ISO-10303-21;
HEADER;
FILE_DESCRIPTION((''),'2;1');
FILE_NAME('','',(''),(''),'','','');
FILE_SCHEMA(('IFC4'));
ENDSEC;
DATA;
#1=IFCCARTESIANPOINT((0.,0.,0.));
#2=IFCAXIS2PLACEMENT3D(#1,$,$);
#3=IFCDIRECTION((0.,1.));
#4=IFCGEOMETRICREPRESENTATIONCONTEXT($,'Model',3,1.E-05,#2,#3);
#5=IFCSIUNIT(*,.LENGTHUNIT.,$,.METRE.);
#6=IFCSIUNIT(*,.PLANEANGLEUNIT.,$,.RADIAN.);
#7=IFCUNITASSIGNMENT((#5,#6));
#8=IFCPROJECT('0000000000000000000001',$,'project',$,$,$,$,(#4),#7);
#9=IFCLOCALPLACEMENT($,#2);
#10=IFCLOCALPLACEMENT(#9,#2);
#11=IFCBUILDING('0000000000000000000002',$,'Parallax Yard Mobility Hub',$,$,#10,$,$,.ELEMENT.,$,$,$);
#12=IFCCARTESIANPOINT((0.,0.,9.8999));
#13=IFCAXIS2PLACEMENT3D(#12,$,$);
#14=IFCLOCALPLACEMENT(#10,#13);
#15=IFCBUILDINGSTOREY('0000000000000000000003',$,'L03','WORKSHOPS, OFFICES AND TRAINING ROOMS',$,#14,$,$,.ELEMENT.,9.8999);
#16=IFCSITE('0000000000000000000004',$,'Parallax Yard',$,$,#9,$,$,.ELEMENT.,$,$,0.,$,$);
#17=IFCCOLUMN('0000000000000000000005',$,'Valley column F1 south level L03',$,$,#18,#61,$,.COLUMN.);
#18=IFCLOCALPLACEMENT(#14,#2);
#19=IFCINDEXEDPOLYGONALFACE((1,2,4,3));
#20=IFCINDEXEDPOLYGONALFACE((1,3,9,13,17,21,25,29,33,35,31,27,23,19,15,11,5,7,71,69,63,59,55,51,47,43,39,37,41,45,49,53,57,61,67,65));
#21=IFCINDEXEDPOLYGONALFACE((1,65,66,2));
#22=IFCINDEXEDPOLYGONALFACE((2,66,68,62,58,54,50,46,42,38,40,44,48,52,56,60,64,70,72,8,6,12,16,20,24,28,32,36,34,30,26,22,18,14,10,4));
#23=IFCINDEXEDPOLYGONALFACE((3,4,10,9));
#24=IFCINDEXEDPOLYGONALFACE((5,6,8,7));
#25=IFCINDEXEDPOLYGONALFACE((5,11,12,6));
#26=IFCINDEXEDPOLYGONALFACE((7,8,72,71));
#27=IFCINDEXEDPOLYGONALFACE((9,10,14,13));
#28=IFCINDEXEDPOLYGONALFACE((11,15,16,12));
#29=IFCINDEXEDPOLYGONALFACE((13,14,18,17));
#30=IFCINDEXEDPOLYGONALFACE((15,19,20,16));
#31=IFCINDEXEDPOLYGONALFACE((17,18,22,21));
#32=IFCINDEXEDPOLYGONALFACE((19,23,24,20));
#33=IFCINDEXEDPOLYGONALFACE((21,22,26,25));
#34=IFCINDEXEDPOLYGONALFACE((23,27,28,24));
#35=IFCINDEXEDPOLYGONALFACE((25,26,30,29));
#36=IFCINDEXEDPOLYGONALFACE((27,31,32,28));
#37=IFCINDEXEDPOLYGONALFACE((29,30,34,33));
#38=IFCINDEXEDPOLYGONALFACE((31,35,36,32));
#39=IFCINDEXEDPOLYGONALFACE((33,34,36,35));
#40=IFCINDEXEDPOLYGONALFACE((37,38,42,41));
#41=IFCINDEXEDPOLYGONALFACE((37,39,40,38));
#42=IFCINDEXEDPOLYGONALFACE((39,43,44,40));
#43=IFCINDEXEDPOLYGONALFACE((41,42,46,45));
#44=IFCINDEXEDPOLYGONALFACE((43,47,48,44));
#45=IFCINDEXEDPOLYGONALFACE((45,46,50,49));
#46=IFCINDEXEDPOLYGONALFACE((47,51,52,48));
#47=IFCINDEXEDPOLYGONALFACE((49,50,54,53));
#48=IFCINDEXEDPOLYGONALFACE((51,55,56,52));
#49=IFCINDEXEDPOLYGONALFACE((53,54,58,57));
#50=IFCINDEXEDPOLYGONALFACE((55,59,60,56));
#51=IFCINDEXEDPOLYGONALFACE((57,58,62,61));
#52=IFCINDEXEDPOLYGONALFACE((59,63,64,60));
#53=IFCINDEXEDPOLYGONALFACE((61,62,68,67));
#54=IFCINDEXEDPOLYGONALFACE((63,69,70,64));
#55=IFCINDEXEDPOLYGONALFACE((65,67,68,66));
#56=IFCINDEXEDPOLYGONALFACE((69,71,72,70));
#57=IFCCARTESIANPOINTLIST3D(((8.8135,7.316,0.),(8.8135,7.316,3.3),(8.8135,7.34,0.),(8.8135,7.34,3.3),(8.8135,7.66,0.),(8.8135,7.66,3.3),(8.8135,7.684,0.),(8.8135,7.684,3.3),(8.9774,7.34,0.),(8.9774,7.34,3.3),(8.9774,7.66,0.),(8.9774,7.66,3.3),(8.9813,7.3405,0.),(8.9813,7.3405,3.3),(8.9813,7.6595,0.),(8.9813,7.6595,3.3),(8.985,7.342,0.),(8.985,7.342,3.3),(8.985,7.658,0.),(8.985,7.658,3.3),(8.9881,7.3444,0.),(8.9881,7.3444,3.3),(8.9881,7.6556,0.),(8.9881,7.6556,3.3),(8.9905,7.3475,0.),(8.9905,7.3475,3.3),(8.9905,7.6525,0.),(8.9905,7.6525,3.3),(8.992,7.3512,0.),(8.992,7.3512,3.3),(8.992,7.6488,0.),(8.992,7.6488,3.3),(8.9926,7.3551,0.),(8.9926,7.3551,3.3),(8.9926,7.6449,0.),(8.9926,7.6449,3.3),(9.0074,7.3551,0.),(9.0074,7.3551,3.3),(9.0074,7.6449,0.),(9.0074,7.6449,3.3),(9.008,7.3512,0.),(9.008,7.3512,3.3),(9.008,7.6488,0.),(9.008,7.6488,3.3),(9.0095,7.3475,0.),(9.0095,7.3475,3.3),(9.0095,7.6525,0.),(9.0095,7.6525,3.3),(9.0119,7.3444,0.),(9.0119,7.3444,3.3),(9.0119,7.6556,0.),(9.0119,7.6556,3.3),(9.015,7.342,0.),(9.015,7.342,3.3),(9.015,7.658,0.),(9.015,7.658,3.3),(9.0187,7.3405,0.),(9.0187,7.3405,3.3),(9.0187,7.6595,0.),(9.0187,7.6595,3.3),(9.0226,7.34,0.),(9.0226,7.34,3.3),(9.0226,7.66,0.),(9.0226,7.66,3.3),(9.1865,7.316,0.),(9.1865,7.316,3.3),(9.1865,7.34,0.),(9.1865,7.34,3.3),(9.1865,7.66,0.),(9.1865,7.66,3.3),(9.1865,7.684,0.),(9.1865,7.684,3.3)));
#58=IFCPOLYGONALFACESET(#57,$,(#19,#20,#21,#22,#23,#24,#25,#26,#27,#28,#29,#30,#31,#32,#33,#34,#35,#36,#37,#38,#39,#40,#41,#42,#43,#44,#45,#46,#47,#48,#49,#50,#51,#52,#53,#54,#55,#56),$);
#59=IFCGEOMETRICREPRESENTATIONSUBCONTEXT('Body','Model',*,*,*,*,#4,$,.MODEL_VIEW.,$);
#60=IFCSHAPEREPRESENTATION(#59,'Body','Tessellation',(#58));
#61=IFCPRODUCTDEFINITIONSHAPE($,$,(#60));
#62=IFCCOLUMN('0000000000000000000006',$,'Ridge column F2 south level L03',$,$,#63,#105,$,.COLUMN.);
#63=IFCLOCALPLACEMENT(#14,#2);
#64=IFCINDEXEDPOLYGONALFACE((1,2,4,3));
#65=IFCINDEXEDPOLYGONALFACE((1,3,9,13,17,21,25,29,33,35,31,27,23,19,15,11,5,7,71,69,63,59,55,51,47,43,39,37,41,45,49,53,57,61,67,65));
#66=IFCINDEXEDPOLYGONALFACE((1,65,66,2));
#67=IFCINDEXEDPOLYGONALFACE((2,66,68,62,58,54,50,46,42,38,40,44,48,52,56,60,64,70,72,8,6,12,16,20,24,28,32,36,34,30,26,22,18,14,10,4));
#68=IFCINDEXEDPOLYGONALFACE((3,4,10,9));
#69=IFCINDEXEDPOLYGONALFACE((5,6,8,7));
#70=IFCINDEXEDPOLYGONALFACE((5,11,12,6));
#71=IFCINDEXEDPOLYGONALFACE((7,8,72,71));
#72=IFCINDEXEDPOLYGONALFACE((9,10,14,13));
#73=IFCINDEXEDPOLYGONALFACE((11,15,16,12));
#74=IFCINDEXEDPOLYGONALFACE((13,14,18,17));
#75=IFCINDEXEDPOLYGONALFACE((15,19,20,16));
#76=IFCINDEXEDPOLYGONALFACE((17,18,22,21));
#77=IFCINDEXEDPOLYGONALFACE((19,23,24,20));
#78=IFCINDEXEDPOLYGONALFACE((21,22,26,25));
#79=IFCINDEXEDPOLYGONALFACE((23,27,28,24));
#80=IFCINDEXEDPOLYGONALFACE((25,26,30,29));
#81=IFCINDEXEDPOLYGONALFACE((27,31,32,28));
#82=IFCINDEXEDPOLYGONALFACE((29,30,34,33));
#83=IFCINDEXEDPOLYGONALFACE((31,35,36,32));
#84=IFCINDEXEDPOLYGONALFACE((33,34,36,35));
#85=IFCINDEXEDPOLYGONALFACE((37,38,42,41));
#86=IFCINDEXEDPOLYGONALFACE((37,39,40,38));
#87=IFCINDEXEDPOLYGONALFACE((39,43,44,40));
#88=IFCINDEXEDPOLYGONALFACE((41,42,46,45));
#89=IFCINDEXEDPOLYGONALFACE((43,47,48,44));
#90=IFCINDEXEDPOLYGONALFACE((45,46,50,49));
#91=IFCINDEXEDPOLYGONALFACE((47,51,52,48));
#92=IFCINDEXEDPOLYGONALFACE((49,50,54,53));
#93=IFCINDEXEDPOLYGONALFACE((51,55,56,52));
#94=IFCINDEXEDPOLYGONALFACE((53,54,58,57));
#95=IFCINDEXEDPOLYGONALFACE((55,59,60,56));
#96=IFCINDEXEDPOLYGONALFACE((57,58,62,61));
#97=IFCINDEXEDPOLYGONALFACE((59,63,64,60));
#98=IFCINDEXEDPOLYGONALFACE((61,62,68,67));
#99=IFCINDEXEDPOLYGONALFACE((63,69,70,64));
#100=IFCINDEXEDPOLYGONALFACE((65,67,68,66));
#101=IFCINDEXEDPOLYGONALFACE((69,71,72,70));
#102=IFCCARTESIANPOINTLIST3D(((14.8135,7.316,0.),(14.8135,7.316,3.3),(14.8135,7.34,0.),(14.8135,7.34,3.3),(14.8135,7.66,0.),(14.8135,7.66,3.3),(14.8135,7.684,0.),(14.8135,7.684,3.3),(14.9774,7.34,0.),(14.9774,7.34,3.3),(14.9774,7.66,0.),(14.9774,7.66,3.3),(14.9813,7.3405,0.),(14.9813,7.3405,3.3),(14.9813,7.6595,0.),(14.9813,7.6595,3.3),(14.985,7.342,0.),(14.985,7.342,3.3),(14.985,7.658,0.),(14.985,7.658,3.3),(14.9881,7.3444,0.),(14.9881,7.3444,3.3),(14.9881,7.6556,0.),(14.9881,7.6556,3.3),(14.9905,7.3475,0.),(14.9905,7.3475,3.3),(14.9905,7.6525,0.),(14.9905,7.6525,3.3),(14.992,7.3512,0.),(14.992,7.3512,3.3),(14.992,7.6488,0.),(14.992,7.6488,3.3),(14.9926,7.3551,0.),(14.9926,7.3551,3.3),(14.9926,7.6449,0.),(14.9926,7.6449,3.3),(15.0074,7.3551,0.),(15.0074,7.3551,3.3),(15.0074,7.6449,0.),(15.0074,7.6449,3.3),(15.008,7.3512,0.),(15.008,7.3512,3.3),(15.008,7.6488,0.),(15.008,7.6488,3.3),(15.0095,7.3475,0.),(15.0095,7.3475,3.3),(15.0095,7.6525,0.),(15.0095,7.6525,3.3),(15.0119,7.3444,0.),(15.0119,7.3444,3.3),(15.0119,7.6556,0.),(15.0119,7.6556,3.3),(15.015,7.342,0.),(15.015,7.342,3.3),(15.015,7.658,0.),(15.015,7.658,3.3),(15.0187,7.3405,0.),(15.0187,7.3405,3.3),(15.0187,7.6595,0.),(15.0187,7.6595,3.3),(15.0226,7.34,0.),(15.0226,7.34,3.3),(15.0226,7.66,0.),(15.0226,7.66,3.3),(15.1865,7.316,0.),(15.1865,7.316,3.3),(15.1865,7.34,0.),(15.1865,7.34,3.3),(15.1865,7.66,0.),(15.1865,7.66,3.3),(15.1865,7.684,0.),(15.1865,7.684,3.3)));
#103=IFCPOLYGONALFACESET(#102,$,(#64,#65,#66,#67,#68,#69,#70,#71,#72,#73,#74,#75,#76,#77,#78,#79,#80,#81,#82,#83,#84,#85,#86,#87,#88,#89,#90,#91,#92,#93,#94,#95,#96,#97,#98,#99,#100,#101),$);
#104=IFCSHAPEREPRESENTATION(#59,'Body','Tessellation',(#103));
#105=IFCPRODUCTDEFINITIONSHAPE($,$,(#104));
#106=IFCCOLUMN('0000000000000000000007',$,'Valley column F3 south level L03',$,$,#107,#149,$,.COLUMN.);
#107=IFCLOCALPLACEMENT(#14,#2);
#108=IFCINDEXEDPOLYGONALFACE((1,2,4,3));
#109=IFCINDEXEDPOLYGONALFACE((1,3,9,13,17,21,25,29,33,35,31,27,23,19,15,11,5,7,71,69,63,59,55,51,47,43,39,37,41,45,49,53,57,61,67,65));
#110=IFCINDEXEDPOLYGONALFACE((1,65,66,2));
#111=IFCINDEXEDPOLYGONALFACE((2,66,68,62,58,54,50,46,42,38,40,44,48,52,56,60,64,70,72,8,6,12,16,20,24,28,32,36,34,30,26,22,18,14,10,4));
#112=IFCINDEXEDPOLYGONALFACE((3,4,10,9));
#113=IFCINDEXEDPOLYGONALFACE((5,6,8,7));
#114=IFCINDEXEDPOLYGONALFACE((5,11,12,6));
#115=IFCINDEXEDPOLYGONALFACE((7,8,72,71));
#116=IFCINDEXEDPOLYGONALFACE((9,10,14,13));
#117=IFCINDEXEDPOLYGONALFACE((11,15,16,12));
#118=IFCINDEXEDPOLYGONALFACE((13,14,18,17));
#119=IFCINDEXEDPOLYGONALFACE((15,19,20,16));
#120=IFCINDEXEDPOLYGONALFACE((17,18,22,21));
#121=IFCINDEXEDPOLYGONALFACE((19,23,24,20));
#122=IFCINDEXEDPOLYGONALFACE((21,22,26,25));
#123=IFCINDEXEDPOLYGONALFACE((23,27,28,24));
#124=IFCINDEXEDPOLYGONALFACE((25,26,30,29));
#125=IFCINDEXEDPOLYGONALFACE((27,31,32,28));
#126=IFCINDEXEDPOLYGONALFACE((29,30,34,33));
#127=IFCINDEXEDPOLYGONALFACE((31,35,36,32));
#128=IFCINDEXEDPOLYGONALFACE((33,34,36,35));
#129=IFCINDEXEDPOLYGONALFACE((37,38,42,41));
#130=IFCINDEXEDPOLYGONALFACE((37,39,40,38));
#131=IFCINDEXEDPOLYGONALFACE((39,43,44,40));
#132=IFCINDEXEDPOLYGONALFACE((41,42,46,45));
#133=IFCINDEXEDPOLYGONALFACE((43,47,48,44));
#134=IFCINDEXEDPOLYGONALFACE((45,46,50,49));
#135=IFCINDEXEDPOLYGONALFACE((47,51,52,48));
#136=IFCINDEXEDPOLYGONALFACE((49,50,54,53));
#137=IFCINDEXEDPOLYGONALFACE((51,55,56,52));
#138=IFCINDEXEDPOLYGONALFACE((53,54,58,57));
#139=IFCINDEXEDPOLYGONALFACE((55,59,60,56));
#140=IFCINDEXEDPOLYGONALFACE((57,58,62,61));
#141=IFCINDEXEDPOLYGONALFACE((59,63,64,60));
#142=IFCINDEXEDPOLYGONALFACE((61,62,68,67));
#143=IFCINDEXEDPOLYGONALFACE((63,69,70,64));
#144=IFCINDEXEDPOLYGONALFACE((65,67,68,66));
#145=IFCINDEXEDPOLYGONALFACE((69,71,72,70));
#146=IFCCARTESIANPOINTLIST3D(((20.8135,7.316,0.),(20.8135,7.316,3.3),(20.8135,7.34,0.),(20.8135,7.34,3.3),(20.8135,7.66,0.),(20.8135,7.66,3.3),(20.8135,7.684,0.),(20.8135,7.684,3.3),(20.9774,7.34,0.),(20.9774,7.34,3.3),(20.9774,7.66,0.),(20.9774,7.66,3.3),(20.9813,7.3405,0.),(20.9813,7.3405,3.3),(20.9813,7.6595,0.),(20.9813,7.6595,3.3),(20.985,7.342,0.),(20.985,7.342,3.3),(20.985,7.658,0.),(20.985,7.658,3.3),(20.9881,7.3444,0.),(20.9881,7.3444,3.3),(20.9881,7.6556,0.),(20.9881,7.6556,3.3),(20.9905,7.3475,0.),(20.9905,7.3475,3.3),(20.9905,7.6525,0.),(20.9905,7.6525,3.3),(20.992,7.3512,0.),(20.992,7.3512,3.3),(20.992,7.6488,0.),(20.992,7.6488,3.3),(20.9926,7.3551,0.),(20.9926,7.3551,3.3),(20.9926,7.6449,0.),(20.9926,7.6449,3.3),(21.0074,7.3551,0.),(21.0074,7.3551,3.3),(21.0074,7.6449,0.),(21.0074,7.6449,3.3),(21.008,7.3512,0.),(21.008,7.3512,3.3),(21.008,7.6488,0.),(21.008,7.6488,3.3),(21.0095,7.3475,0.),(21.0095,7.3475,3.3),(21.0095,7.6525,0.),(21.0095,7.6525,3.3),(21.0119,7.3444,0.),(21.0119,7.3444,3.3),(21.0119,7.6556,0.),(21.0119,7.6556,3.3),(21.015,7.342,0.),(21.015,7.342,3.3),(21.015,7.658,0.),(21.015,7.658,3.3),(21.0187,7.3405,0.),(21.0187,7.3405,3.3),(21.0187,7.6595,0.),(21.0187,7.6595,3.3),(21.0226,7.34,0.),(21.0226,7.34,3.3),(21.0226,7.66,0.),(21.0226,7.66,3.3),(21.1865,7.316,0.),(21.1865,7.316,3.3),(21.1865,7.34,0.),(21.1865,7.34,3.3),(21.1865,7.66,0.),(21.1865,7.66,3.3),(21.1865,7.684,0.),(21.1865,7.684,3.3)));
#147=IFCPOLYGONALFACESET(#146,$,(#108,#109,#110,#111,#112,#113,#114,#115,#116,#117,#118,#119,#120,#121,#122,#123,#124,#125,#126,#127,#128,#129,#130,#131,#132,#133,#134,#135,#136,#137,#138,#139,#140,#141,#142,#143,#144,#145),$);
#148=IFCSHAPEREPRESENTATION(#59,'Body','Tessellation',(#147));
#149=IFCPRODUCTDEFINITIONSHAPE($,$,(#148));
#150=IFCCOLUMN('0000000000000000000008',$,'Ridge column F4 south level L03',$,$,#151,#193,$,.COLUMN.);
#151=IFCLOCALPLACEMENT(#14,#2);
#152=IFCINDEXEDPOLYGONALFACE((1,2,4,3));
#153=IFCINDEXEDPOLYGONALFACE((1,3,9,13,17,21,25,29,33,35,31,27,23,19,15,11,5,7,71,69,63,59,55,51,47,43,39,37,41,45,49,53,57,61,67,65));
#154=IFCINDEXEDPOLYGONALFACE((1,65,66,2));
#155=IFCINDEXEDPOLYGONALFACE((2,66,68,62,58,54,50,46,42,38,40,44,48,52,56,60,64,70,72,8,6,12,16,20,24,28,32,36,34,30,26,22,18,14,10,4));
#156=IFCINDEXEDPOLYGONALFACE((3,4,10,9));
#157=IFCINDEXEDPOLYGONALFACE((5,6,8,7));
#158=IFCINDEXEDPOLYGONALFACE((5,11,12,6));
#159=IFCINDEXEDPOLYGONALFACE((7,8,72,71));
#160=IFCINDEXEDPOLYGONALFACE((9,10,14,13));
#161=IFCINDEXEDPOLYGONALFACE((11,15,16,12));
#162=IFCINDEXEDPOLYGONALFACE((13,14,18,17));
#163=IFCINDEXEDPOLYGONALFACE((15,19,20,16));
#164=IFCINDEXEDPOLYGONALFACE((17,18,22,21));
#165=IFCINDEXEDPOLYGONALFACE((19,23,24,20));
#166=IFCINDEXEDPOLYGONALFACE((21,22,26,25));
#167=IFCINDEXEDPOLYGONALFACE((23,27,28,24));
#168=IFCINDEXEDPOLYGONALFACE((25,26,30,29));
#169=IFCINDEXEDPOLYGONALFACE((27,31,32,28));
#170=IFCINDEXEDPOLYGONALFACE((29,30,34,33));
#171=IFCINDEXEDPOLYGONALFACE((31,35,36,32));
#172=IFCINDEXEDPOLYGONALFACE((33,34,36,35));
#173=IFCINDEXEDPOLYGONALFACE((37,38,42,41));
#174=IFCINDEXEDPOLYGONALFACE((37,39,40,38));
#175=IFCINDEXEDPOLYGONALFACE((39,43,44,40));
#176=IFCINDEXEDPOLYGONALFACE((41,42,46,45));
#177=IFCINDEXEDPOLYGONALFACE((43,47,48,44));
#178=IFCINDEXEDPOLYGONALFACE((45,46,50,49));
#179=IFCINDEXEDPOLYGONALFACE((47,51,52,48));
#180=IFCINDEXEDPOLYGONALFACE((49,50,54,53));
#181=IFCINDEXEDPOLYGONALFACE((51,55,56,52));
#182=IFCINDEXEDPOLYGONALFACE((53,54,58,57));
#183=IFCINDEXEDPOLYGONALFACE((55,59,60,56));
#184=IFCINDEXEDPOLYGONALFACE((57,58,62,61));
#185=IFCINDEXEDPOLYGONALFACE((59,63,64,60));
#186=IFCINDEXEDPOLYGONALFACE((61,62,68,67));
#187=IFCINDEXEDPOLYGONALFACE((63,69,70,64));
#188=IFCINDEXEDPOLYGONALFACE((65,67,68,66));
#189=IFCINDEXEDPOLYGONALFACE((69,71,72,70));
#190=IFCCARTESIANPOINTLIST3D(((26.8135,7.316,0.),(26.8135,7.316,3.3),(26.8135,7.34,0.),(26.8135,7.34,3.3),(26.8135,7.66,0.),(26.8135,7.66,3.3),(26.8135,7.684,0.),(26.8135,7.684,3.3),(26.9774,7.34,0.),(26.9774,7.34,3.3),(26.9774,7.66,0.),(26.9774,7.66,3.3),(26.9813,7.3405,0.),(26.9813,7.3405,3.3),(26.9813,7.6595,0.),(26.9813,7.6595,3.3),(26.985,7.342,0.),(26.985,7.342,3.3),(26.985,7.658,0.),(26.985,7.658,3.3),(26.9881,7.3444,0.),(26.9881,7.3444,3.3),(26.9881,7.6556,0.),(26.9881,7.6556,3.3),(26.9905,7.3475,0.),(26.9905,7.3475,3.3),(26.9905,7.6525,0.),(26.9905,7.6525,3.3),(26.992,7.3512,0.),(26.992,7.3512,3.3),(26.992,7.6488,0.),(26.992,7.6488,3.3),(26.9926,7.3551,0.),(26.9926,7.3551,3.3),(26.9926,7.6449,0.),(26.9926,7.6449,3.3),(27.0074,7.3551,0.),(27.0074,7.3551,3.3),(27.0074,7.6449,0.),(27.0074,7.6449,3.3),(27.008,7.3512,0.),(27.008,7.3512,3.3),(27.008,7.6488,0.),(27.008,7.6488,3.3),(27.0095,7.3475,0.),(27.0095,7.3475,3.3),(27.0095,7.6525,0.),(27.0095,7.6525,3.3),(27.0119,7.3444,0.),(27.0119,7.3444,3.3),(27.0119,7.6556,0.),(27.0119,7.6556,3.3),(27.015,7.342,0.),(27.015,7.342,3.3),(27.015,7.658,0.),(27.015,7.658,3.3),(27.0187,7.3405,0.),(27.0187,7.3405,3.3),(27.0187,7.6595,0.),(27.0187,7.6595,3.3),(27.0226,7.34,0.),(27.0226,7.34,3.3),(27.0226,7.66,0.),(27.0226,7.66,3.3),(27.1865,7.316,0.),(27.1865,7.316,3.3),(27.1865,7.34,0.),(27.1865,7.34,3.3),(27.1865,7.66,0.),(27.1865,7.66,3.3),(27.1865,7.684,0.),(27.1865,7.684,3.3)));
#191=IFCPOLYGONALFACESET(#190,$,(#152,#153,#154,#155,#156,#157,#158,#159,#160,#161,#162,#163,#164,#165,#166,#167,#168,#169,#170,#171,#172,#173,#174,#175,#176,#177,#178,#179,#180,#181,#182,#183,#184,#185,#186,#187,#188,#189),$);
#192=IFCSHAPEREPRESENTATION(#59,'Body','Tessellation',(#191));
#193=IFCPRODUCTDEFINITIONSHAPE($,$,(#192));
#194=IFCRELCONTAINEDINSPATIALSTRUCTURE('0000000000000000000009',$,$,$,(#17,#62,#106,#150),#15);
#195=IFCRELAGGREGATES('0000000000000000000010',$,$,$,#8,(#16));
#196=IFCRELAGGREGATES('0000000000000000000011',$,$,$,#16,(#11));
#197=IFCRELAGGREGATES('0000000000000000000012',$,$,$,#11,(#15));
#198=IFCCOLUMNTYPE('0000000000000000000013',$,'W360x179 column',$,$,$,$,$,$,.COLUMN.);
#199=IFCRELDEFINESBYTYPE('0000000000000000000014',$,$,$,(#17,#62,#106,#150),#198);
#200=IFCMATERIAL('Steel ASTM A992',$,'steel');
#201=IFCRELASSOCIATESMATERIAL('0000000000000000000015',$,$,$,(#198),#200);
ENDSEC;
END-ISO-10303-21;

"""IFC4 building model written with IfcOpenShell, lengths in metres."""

from ifc_helpers import new_model, si_unit, direction, frame, origin, origin_2d, place, context, subcontext, project, spatial, i_section, extrude, material, material_profile, profile_set, type_object, element, save


model = new_model("IFC4")

# Units and contexts
model_context = context("Model", 3, precision=1e-05, world=origin(), true_north=direction((0.0, 1.0)))
body_context = subcontext(model_context, "Body", "Model", "MODEL_VIEW")
ifc_project = project(units=[si_unit("LENGTHUNIT", "METRE"), si_unit("PLANEANGLEUNIT", "RADIAN")], contexts=[model_context])

# Site, building, storey
site_placement = place(None, origin())
site = spatial("IfcSite", under=ifc_project, at=site_placement, Name="Parallax Yard", CompositionType="ELEMENT", RefElevation=0.0)
building_placement = place(site_placement, origin())
building = spatial("IfcBuilding", under=site, at=building_placement, Name="Parallax Yard Mobility Hub", CompositionType="ELEMENT")
storey_placement = place(building_placement, frame((0.0, 0.0, 9.8999)))
storey = spatial("IfcBuildingStorey", under=building, at=storey_placement, Name="L03", Description="WORKSHOPS, OFFICES AND TRAINING ROOMS", CompositionType="ELEMENT", Elevation=9.8999)

# Columns
ifc_material_1 = material(Name="Steel ASTM A992", Category="steel")
ifc_material_profile_1 = material_profile(ifc_material_1, i_section(OverallWidth=0.373, OverallDepth=0.3679, WebThickness=0.0149, FlangeThickness=0.0239, FilletRadius=0.0151, at=origin_2d()), Name="W360x179")
ifc_profile_set_1 = profile_set([ifc_material_profile_1], Name="Steel ASTM A992")
column_type = type_object("IfcColumnType", Name="W360x179 column", PredefinedType="COLUMN", material=ifc_profile_set_1)
for number, where, z_axis, x_axis, name in (
    (1, (9.0, 7.5, 0.0), (0.0, 0.0, 1.0), (1.0, 0.0, 0.0), "Valley column F1 south level L03"),
    (2, (15.0, 7.5, 0.0), (0.0, 0.0, 1.0), (1.0, 0.0, 0.0), "Ridge column F2 south level L03"),
    (3, (21.0, 7.5, 0.0), (0.0, 0.0, 1.0), (1.0, 0.0, 0.0), "Valley column F3 south level L03"),
    (4, (27.0, 7.5, 0.0), (0.0, 0.0, 1.0), (1.0, 0.0, 0.0), "Ridge column F4 south level L03"),
):
    element("IfcColumn", number, at=place(storey_placement, frame(where, z_axis=z_axis, x_axis=x_axis)), inside=storey, type_object=column_type, Name=name, PredefinedType="COLUMN", context=body_context, shape_type="SweptSolid", body=[
        extrude(i_section(OverallWidth=0.373, OverallDepth=0.3679, WebThickness=0.0149, FlangeThickness=0.0239, FilletRadius=0.0151, at=origin_2d()), origin(), (0.0, 0.0, 1.0), 3.3),
    ])

save(model, "model.ifc")
